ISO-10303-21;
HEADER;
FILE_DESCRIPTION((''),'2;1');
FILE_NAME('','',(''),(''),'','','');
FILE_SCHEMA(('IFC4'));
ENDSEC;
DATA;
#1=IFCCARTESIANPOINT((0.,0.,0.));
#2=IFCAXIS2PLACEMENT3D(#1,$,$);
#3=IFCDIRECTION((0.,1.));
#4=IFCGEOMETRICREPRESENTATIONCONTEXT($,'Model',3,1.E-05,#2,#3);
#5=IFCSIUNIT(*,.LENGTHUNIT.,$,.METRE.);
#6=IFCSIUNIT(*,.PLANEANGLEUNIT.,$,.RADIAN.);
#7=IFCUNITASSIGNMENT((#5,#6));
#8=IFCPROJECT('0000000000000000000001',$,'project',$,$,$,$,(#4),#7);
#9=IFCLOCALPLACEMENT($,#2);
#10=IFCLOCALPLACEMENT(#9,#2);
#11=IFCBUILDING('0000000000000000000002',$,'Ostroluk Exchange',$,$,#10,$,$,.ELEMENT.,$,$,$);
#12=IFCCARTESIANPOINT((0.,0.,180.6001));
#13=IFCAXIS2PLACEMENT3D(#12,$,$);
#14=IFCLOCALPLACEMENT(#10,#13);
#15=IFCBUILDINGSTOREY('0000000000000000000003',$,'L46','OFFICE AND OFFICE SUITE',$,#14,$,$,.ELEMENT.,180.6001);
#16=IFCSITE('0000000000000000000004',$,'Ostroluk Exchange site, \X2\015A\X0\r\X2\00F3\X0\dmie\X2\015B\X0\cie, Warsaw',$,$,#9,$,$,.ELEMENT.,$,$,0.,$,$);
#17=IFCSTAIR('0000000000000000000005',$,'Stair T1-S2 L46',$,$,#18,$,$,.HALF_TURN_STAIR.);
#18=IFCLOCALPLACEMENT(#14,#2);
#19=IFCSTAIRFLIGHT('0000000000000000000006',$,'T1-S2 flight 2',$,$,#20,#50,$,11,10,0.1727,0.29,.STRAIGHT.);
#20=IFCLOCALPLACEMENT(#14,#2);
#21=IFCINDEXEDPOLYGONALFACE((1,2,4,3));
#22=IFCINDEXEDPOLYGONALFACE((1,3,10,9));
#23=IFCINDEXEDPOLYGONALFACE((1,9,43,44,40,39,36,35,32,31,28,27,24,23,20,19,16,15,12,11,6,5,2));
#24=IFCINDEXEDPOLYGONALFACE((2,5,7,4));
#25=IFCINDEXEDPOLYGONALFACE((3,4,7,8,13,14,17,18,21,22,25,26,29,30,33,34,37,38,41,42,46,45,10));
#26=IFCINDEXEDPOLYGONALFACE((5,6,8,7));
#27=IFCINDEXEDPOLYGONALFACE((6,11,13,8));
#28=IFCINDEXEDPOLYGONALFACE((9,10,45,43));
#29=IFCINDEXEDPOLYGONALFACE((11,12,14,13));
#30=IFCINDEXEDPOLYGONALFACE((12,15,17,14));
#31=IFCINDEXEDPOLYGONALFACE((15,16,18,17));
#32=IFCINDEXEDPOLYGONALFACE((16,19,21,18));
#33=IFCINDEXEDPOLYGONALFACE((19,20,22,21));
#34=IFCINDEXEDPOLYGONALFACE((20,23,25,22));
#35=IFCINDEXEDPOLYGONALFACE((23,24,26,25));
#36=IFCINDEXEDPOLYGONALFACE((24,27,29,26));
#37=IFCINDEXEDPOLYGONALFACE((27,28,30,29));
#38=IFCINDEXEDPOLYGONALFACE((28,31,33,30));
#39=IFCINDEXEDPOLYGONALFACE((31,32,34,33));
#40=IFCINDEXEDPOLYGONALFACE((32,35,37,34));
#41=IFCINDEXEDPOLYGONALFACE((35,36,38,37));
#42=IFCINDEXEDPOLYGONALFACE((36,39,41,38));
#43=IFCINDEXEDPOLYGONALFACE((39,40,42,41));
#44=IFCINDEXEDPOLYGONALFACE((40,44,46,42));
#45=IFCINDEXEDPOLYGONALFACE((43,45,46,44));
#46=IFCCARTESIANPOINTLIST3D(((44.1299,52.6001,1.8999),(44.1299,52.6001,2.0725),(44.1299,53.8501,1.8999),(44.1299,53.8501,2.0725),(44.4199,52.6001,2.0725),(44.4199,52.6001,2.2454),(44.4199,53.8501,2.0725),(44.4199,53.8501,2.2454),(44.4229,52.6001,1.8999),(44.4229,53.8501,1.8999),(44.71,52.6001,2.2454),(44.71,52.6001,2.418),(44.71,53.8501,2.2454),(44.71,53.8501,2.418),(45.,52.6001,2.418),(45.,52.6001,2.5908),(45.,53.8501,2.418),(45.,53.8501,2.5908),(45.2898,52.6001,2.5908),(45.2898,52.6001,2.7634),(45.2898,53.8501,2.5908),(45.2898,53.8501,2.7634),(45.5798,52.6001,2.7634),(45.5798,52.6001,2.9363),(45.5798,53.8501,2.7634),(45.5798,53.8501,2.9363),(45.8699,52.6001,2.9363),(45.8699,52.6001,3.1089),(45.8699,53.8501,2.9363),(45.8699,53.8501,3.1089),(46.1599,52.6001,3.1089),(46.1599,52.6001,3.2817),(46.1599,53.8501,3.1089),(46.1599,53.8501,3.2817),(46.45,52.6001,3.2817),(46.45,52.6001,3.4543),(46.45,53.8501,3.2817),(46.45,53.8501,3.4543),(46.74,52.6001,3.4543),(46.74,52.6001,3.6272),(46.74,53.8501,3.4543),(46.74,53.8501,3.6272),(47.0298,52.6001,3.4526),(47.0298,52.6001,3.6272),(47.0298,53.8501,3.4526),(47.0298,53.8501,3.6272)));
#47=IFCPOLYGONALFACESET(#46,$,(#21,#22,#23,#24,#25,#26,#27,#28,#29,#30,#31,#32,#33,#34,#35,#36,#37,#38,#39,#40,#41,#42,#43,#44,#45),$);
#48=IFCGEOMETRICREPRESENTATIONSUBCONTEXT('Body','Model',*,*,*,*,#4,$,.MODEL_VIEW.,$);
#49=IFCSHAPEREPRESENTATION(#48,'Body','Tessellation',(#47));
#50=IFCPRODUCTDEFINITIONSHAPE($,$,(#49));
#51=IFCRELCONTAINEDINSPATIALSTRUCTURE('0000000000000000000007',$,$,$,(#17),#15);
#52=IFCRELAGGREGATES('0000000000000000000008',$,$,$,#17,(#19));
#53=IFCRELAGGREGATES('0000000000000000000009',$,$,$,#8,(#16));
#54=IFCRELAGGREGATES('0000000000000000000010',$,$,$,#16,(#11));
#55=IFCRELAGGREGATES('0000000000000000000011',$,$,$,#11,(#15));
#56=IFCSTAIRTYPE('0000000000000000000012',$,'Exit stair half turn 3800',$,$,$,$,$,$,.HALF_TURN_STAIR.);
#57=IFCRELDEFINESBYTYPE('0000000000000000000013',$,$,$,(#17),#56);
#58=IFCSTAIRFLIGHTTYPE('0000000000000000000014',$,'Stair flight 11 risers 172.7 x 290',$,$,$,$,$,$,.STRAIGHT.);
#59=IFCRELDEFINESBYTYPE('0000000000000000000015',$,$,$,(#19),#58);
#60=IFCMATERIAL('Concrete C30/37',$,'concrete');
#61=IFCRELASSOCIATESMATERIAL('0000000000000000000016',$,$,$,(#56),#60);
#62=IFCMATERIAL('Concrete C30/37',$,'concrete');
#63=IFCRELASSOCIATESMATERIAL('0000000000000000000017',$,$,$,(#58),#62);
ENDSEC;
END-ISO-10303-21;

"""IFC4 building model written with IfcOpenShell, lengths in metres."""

from ifc_helpers import new_model, si_unit, direction, frame, origin, place, context, subcontext, project, spatial, polyline, outline, extrude, material, type_object, element, aggregate, save


model = new_model("IFC4")

# Units and contexts
model_context = context("Model", 3, precision=1e-05, world=origin(), true_north=direction((0.0, 1.0)))
body_context = subcontext(model_context, "Body", "Model", "MODEL_VIEW")
ifc_project = project(units=[si_unit("LENGTHUNIT", "METRE"), si_unit("PLANEANGLEUNIT", "RADIAN")], contexts=[model_context])

# Site, building, storey
site_placement = place(None, origin())
site = spatial("IfcSite", under=ifc_project, at=site_placement, Name="Ostroluk Exchange site, Śródmieście, Warsaw", CompositionType="ELEMENT", RefElevation=0.0)
building_placement = place(site_placement, origin())
building = spatial("IfcBuilding", under=site, at=building_placement, Name="Ostroluk Exchange", CompositionType="ELEMENT")
storey_placement = place(building_placement, frame((0.0, 0.0, 180.6001)))
storey = spatial("IfcBuildingStorey", under=building, at=storey_placement, Name="L46", Description="OFFICE AND OFFICE SUITE", CompositionType="ELEMENT", Elevation=180.6001)

# Stair, stair flight
ifc_material_1 = material(Name="Concrete C30/37", Category="concrete")
stair_type = type_object("IfcStairType", Name="Exit stair half turn 3800", PredefinedType="HALF_TURN_STAIR", material=ifc_material_1)
stair_placement = place(storey_placement, origin())
stair = element("IfcStair", 1, at=stair_placement, inside=storey, type_object=stair_type, Name="Stair T1-S2 L46", PredefinedType="HALF_TURN_STAIR")
ifc_material_2 = material(Name="Concrete C30/37", Category="concrete")
stair_flight_type = type_object("IfcStairFlightType", Name="Stair flight 11 risers 172.7 x 290", PredefinedType="STRAIGHT", material=ifc_material_2)
stair_flight_placement = place(storey_placement, frame((44.1299, 53.2251, 1.8999), z_axis=(0.0, 0.0, 1.0), x_axis=(1.0, 0.0, 0.0)))
stair_flight = element("IfcStairFlight", 2, at=stair_flight_placement, type_object=stair_flight_type, Name="T1-S2 flight 2", NumberOfRisers=11, NumberOfTreads=10, PredefinedType="STRAIGHT", RiserHeight=0.1727, TreadLength=0.29, context=body_context, shape_type="SweptSolid", body=[
    extrude(outline(polyline([(0.0, 0.0), (0.0, 0.1726), (0.29, 0.1726), (0.29, 0.3455), (0.5801, 0.3455), (0.5801, 0.5181), (0.8701, 0.5181), (0.8701, 0.6909), (1.1599, 0.6909), (1.1599, 0.8635), (1.45, 0.8635), (1.45, 1.0364), (1.74, 1.0364), (1.74, 1.209), (2.03, 1.209), (2.03, 1.3818), (2.3201, 1.3818), (2.3201, 1.5544), (2.6101, 1.5544), (2.6101, 1.7273), (2.8999, 1.7273), (2.8999, 1.8999), (2.8999, 1.5527), (0.293, 0.0), (0.0, 0.0)])), frame((0.0, 0.625, 0.0), z_axis=(0.0, -1.0, 0.0), x_axis=(1.0, 0.0, 0.0)), (0.0, 0.0, 1.0), 1.25),
])
aggregate(stair, [stair_flight])

save(model, "model.ifc")
